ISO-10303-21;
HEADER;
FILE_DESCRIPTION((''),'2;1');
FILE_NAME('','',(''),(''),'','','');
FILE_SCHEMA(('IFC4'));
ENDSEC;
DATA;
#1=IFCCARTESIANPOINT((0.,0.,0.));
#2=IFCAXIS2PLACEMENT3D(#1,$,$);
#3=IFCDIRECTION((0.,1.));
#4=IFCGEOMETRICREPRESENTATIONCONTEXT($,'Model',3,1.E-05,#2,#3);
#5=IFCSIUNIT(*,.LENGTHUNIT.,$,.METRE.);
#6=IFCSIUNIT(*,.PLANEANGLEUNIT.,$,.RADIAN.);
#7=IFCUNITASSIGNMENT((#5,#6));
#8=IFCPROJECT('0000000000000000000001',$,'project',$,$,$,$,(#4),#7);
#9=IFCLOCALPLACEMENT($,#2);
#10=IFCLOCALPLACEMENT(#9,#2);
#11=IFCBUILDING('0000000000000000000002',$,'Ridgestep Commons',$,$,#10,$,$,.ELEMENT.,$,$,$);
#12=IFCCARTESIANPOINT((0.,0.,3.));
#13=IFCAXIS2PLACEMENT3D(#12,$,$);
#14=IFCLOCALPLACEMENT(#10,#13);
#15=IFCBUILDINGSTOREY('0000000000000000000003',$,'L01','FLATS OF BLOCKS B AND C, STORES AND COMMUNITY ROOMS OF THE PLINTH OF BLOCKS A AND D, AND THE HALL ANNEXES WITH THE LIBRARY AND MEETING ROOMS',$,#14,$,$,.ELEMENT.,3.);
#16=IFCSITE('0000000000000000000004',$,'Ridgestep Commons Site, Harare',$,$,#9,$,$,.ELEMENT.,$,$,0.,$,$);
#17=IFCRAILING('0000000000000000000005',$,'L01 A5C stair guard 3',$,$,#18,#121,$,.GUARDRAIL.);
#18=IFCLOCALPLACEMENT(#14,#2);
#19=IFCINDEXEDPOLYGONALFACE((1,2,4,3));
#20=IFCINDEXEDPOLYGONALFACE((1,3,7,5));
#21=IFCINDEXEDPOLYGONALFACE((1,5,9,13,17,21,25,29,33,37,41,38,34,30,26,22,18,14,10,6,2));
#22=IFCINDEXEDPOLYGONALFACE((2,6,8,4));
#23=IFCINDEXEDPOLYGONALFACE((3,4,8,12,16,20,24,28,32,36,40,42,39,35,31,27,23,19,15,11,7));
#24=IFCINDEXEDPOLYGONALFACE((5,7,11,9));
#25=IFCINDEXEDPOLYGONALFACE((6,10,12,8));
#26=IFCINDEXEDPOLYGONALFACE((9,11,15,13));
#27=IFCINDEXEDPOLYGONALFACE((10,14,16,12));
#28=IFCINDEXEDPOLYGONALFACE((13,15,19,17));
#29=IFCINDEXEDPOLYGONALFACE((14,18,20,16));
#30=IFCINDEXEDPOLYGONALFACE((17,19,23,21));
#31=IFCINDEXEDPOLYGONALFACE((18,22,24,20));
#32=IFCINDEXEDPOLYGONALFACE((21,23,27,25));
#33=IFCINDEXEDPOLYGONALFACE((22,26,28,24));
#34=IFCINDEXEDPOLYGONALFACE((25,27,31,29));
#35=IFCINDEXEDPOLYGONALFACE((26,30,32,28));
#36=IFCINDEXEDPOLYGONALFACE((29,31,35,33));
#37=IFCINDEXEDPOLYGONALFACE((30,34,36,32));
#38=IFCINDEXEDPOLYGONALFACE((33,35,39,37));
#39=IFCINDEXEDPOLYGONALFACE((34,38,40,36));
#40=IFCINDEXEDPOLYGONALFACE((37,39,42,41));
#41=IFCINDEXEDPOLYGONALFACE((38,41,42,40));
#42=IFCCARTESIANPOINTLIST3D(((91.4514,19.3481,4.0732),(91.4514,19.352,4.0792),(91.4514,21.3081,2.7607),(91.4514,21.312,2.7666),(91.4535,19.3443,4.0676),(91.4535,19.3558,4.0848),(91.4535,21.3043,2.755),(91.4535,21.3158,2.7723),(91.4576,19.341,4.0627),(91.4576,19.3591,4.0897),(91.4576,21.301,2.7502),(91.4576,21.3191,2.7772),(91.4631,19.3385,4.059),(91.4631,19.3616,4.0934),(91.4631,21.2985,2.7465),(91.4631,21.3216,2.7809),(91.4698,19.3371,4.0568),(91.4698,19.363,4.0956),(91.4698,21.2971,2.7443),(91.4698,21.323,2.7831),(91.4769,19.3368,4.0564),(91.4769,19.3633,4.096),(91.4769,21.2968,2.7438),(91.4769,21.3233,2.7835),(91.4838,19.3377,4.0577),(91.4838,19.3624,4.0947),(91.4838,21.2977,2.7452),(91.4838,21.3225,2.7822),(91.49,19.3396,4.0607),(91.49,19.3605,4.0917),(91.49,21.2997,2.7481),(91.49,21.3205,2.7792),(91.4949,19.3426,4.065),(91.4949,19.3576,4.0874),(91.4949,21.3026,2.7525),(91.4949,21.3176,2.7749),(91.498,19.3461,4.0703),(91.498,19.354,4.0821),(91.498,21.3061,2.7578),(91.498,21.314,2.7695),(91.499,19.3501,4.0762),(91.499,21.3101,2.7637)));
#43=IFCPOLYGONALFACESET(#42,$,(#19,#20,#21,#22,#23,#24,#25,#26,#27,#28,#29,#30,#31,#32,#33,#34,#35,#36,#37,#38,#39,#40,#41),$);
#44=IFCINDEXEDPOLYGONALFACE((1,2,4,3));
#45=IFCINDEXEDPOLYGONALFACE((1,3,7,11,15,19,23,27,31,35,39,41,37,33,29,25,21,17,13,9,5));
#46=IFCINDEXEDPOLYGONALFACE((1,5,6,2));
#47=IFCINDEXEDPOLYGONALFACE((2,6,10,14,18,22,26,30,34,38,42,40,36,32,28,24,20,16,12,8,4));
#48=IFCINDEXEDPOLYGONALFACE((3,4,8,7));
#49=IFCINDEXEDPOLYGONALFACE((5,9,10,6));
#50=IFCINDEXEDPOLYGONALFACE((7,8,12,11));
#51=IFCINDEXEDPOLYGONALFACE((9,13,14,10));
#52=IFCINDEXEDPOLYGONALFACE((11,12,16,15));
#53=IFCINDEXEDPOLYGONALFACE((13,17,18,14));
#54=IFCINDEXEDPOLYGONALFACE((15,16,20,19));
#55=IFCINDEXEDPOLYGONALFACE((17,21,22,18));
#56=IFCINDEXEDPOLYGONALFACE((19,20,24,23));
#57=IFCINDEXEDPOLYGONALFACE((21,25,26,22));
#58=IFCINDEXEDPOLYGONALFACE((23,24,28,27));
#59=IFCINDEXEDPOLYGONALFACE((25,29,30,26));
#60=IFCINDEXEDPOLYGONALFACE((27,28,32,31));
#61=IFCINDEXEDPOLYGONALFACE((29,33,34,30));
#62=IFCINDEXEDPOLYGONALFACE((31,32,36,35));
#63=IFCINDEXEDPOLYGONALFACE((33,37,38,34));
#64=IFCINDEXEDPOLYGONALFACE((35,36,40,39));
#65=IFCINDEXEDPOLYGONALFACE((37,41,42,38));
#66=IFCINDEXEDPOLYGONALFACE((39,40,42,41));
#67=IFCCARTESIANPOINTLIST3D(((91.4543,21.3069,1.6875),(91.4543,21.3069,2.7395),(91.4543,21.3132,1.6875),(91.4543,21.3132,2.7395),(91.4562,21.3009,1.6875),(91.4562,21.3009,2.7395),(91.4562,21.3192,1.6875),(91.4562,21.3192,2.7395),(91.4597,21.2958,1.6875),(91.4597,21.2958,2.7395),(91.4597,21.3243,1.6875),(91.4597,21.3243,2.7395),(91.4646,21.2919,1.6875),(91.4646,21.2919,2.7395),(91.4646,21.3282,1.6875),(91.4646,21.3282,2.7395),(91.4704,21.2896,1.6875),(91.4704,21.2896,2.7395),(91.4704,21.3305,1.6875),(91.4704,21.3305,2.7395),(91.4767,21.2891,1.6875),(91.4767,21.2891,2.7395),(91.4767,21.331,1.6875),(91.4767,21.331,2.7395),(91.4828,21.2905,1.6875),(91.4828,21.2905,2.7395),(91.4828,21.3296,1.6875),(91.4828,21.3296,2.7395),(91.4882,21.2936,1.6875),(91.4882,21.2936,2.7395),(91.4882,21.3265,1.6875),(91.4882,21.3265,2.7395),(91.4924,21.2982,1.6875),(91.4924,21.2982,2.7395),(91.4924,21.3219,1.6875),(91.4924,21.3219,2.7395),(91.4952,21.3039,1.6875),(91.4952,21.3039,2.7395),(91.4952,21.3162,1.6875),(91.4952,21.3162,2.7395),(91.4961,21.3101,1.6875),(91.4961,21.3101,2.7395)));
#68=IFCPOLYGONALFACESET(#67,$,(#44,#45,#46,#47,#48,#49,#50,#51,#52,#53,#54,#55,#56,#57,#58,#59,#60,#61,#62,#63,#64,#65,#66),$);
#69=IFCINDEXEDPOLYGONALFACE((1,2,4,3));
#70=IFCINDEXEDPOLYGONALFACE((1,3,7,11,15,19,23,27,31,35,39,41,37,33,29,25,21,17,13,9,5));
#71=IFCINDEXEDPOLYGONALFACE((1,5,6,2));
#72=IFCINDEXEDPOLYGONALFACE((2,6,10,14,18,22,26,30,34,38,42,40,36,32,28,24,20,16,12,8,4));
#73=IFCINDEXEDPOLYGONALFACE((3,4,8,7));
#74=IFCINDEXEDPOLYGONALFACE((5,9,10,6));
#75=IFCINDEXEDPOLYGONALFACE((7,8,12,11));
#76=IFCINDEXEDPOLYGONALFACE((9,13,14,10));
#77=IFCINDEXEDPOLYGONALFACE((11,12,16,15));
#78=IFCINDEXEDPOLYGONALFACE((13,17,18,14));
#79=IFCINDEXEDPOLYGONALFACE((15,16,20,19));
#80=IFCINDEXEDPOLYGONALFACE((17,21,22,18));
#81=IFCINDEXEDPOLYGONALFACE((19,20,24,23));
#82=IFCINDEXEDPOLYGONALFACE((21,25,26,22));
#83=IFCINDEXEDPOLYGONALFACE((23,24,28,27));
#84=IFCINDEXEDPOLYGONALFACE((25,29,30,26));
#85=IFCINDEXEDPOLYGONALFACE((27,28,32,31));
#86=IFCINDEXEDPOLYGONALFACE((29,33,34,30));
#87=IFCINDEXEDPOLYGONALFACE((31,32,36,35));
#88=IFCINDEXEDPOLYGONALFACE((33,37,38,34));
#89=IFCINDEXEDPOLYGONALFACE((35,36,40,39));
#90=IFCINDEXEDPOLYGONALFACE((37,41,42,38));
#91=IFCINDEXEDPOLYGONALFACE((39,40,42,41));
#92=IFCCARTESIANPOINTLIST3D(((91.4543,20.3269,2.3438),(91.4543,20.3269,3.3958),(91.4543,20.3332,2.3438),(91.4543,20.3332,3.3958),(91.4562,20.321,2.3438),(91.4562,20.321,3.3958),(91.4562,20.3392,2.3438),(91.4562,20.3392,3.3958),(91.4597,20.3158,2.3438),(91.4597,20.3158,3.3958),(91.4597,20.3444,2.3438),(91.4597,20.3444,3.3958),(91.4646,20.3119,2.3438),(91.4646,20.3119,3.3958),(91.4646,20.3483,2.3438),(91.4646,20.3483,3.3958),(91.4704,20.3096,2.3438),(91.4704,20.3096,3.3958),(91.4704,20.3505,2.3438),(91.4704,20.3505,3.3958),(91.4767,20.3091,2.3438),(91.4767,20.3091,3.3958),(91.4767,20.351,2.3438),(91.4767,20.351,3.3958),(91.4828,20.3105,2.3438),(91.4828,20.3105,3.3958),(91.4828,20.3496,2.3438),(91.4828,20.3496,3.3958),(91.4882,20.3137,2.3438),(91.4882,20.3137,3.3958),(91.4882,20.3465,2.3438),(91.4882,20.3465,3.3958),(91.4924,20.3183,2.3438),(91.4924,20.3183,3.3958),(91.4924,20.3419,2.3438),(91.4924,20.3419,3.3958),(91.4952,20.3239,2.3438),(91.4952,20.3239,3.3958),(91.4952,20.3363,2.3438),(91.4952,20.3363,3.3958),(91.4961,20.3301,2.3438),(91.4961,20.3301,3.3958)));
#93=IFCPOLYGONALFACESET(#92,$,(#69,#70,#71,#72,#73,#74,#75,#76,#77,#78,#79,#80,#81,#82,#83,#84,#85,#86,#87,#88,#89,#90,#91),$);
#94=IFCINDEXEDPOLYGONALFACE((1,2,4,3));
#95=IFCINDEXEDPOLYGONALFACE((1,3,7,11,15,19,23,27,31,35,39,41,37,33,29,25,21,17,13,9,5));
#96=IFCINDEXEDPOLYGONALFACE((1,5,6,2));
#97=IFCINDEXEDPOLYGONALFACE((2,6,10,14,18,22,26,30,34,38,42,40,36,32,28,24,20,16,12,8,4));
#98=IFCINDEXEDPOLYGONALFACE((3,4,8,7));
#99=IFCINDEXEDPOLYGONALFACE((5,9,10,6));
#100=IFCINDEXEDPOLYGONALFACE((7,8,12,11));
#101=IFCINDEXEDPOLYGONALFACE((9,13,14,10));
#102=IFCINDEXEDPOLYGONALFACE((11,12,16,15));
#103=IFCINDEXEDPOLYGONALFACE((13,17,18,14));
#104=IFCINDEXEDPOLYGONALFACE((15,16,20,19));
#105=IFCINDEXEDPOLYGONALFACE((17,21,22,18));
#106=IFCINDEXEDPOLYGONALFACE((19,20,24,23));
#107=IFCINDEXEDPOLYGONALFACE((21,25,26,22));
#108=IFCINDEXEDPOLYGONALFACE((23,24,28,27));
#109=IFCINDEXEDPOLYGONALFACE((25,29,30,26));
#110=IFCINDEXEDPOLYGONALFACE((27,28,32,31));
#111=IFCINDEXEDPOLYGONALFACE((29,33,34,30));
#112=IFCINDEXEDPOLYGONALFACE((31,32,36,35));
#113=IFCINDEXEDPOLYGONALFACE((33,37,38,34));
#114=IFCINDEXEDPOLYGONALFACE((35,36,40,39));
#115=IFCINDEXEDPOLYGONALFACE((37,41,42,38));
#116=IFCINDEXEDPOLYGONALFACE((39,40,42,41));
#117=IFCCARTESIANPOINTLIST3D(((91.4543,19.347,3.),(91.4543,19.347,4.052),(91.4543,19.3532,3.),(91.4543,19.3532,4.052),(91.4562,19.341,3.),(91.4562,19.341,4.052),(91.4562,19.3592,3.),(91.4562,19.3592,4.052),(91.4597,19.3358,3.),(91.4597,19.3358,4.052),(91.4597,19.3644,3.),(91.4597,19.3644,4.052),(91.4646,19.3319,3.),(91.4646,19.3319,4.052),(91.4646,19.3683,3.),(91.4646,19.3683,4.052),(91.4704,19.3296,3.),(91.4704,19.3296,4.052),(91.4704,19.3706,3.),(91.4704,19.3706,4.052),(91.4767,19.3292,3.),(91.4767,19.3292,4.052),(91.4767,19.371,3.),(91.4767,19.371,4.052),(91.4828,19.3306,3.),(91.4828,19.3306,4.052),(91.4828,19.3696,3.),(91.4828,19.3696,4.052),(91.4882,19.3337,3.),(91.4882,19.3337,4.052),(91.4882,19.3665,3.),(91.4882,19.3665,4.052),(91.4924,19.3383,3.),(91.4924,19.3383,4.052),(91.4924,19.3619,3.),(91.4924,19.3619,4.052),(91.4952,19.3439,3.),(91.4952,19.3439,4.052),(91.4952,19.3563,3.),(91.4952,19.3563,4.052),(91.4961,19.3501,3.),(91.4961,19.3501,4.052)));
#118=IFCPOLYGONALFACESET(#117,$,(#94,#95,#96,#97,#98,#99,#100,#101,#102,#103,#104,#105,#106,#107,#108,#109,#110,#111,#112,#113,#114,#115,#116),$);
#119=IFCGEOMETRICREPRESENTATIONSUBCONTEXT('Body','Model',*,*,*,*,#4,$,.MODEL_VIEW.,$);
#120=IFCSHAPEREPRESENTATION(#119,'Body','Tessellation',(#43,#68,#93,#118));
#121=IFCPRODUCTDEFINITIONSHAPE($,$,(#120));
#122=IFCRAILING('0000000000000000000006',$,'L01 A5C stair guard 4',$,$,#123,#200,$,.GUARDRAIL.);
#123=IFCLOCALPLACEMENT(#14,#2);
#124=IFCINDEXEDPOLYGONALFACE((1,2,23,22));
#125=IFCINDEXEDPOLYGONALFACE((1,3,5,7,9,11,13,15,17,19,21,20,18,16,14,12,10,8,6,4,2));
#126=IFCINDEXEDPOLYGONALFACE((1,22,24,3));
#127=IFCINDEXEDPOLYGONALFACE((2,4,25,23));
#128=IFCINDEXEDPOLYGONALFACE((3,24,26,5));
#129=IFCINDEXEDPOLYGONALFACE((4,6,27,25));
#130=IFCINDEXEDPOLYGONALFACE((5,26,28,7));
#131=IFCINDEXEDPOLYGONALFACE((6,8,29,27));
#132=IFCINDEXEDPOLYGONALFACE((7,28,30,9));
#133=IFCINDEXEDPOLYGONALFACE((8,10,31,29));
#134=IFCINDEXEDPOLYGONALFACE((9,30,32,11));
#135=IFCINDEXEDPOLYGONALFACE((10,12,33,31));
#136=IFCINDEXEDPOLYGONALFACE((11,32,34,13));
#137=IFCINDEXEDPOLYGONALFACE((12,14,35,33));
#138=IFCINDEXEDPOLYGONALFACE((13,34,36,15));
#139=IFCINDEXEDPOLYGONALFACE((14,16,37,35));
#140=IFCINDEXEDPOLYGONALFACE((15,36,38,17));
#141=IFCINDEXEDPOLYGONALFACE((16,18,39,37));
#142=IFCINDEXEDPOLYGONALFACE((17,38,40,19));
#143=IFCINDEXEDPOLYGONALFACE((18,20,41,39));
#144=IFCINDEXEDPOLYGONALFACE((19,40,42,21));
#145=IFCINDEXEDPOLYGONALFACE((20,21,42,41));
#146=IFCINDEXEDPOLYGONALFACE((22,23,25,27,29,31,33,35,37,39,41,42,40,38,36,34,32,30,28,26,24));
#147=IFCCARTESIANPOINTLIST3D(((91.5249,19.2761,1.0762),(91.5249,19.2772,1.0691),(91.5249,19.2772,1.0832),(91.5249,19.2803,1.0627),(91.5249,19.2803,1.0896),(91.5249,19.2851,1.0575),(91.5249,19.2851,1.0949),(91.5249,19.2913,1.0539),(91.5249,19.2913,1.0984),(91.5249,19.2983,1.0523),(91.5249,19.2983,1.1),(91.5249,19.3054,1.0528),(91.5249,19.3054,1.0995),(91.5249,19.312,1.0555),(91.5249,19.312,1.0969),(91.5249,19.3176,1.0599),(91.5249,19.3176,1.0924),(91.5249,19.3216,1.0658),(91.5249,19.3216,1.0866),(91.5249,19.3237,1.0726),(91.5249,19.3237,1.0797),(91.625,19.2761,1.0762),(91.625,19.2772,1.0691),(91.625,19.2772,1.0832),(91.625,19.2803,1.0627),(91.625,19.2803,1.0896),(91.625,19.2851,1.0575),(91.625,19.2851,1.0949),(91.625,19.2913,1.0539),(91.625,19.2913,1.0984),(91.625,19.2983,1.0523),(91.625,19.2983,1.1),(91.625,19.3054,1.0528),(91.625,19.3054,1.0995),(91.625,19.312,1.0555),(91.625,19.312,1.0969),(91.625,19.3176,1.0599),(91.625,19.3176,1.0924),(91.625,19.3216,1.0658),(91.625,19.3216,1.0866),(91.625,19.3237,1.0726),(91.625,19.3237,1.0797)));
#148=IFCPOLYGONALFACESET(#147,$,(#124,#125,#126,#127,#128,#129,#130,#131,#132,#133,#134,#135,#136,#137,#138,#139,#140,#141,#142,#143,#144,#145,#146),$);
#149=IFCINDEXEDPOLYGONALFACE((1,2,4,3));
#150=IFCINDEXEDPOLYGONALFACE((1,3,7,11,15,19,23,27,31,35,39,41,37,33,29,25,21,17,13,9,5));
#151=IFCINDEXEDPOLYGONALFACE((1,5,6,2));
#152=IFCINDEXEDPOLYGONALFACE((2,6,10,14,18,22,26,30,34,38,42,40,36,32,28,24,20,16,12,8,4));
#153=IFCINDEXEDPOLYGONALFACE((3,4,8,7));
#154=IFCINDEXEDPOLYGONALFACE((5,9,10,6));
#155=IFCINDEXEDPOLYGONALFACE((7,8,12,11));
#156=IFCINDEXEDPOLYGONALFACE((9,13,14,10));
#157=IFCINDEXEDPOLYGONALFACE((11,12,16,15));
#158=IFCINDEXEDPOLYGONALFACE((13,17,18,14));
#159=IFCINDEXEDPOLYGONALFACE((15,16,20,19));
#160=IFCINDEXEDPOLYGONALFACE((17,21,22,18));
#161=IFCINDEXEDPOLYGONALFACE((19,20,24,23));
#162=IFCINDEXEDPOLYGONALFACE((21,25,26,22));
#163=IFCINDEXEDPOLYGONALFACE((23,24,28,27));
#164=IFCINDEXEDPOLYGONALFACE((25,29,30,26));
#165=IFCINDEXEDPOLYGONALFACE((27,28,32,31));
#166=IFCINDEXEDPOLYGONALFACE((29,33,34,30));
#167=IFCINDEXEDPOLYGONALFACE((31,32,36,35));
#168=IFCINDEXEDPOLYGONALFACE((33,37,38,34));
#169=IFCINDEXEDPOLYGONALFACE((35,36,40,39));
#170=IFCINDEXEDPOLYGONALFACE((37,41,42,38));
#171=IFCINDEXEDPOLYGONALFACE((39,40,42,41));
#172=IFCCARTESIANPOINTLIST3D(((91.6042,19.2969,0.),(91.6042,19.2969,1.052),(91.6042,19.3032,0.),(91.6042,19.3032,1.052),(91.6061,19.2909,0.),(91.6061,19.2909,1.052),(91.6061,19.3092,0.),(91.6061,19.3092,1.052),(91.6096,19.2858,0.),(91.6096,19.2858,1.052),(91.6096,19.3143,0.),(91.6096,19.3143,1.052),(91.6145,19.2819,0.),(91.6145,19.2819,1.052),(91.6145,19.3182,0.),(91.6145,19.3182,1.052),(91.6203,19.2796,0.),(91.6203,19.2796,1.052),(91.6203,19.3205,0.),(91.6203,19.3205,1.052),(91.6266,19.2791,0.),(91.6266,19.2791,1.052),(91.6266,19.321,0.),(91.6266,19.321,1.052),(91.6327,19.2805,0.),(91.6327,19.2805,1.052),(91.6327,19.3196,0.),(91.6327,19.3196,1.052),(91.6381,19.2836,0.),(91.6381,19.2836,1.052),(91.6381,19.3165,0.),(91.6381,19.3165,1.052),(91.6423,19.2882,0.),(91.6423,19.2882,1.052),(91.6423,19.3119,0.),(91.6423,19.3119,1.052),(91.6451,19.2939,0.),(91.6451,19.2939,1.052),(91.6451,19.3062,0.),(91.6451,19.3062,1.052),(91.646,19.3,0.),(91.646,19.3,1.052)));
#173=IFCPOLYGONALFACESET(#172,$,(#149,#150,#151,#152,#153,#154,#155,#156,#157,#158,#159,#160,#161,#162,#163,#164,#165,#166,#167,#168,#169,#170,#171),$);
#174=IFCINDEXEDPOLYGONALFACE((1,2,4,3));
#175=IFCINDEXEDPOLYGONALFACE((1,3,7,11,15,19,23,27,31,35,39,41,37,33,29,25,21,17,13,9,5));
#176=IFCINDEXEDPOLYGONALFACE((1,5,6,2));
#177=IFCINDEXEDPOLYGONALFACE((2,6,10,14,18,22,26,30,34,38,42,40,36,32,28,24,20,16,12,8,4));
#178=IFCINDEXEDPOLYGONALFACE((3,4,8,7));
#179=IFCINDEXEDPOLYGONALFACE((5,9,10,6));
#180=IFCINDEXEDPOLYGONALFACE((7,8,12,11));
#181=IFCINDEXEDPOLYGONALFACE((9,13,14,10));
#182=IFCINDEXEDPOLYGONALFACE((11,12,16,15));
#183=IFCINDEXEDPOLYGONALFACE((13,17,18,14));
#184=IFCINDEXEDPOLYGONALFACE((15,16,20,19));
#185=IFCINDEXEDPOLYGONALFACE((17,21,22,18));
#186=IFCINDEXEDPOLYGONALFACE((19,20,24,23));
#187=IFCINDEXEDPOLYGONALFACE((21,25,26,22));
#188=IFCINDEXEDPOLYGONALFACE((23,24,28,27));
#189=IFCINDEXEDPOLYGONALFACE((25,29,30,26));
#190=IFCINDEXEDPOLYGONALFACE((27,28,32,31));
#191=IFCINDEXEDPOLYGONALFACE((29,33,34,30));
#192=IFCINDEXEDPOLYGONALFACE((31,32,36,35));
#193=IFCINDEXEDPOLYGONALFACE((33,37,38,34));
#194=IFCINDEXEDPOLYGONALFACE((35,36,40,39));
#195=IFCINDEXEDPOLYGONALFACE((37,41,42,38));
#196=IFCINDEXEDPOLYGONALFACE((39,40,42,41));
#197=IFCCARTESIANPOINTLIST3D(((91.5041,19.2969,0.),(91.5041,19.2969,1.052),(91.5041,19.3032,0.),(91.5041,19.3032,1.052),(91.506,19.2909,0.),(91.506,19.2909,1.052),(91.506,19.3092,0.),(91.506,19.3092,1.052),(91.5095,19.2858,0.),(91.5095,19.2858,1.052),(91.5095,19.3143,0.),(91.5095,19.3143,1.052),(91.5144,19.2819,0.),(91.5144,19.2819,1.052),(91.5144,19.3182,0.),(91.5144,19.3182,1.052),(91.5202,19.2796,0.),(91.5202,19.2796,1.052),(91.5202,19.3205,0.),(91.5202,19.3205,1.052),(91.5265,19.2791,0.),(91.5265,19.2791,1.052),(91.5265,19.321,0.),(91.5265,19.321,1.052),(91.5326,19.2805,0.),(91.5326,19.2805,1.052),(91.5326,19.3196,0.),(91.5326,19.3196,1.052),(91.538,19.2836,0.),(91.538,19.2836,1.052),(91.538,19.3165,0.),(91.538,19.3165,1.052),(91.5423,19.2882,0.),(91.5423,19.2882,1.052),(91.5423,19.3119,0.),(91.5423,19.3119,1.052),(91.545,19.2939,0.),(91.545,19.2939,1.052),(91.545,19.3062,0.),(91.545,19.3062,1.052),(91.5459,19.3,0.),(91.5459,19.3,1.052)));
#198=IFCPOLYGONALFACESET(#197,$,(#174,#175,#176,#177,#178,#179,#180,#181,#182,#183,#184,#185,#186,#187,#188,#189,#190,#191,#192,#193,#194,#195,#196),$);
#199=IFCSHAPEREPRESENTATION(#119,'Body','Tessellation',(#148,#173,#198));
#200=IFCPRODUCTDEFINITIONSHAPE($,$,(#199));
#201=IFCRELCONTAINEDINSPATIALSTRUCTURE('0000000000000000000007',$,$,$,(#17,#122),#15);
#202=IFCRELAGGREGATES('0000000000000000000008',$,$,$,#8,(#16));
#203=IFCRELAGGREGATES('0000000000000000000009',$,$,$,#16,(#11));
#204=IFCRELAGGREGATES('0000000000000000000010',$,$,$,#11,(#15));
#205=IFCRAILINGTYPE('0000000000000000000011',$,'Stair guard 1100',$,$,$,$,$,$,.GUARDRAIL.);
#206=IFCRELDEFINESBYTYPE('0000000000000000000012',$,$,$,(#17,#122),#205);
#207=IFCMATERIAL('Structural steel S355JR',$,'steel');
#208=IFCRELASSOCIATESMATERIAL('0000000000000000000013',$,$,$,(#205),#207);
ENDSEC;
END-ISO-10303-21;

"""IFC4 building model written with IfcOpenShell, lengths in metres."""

from ifc_helpers import new_model, si_unit, direction, frame, origin, origin_2d, place, context, subcontext, project, spatial, circle, extrude, material, type_object, element, save


model = new_model("IFC4")

# Units and contexts
model_context = context("Model", 3, precision=1e-05, world=origin(), true_north=direction((0.0, 1.0)))
body_context = subcontext(model_context, "Body", "Model", "MODEL_VIEW")
ifc_project = project(units=[si_unit("LENGTHUNIT", "METRE"), si_unit("PLANEANGLEUNIT", "RADIAN")], contexts=[model_context])

# Site, building, storey
site_placement = place(None, origin())
site = spatial("IfcSite", under=ifc_project, at=site_placement, Name="Ridgestep Commons Site, Harare", CompositionType="ELEMENT", RefElevation=0.0)
building_placement = place(site_placement, origin())
building = spatial("IfcBuilding", under=site, at=building_placement, Name="Ridgestep Commons", CompositionType="ELEMENT")
storey_placement = place(building_placement, frame((0.0, 0.0, 3.0)))
storey = spatial("IfcBuildingStorey", under=building, at=storey_placement, Name="L01", Description="FLATS OF BLOCKS B AND C, STORES AND COMMUNITY ROOMS OF THE PLINTH OF BLOCKS A AND D, AND THE HALL ANNEXES WITH THE LIBRARY AND MEETING ROOMS", CompositionType="ELEMENT", Elevation=3.0)

# Railings
ifc_material_1 = material(Name="Structural steel S355JR", Category="steel")
railing_type_1 = type_object("IfcRailingType", Name="Stair guard 1100", PredefinedType="GUARDRAIL", material=ifc_material_1)
railing_1_placement = place(storey_placement, frame((91.4751, 21.3101, 1.6875)))
element("IfcRailing", 1, at=railing_1_placement, inside=storey, type_object=railing_type_1, Name="L01 A5C stair guard 3", PredefinedType="GUARDRAIL", context=body_context, shape_type="SweptSolid", body=[
    extrude(circle(Radius=0.0239, at=origin_2d()), frame((0.0, 0.0, 1.0762), z_axis=(0.0, -0.830902, 0.556419), x_axis=(1.0, 0.0, 0.0)), (0.0, 0.0, 1.0), 2.3589),
    extrude(circle(Radius=0.021, at=origin_2d()), origin(), (0.0, 0.0, 1.0), 1.052),
    extrude(circle(Radius=0.021, at=origin_2d()), frame((0.0, -0.98, 0.6562)), (0.0, 0.0, 1.0), 1.052),
    extrude(circle(Radius=0.021, at=origin_2d()), frame((0.0, -1.96, 1.3125)), (0.0, 0.0, 1.0), 1.052),
])
railing_2_placement = place(storey_placement, frame((91.625, 19.3, 0.0)))
element("IfcRailing", 2, at=railing_2_placement, inside=storey, type_object=railing_type_1, Name="L01 A5C stair guard 4", PredefinedType="GUARDRAIL", context=body_context, shape_type="SweptSolid", body=[
    extrude(circle(Radius=0.0239, at=origin_2d()), frame((0.0, 0.0, 1.0762), z_axis=(-1.0, 0.0, 0.0), x_axis=(0.0, -1.0, 0.0)), (0.0, 0.0, 1.0), 0.1001),
    extrude(circle(Radius=0.021, at=origin_2d()), origin(), (0.0, 0.0, 1.0), 1.052),
    extrude(circle(Radius=0.021, at=origin_2d()), frame((-0.1001, 0.0, 0.0)), (0.0, 0.0, 1.0), 1.052),
])

save(model, "model.ifc")
